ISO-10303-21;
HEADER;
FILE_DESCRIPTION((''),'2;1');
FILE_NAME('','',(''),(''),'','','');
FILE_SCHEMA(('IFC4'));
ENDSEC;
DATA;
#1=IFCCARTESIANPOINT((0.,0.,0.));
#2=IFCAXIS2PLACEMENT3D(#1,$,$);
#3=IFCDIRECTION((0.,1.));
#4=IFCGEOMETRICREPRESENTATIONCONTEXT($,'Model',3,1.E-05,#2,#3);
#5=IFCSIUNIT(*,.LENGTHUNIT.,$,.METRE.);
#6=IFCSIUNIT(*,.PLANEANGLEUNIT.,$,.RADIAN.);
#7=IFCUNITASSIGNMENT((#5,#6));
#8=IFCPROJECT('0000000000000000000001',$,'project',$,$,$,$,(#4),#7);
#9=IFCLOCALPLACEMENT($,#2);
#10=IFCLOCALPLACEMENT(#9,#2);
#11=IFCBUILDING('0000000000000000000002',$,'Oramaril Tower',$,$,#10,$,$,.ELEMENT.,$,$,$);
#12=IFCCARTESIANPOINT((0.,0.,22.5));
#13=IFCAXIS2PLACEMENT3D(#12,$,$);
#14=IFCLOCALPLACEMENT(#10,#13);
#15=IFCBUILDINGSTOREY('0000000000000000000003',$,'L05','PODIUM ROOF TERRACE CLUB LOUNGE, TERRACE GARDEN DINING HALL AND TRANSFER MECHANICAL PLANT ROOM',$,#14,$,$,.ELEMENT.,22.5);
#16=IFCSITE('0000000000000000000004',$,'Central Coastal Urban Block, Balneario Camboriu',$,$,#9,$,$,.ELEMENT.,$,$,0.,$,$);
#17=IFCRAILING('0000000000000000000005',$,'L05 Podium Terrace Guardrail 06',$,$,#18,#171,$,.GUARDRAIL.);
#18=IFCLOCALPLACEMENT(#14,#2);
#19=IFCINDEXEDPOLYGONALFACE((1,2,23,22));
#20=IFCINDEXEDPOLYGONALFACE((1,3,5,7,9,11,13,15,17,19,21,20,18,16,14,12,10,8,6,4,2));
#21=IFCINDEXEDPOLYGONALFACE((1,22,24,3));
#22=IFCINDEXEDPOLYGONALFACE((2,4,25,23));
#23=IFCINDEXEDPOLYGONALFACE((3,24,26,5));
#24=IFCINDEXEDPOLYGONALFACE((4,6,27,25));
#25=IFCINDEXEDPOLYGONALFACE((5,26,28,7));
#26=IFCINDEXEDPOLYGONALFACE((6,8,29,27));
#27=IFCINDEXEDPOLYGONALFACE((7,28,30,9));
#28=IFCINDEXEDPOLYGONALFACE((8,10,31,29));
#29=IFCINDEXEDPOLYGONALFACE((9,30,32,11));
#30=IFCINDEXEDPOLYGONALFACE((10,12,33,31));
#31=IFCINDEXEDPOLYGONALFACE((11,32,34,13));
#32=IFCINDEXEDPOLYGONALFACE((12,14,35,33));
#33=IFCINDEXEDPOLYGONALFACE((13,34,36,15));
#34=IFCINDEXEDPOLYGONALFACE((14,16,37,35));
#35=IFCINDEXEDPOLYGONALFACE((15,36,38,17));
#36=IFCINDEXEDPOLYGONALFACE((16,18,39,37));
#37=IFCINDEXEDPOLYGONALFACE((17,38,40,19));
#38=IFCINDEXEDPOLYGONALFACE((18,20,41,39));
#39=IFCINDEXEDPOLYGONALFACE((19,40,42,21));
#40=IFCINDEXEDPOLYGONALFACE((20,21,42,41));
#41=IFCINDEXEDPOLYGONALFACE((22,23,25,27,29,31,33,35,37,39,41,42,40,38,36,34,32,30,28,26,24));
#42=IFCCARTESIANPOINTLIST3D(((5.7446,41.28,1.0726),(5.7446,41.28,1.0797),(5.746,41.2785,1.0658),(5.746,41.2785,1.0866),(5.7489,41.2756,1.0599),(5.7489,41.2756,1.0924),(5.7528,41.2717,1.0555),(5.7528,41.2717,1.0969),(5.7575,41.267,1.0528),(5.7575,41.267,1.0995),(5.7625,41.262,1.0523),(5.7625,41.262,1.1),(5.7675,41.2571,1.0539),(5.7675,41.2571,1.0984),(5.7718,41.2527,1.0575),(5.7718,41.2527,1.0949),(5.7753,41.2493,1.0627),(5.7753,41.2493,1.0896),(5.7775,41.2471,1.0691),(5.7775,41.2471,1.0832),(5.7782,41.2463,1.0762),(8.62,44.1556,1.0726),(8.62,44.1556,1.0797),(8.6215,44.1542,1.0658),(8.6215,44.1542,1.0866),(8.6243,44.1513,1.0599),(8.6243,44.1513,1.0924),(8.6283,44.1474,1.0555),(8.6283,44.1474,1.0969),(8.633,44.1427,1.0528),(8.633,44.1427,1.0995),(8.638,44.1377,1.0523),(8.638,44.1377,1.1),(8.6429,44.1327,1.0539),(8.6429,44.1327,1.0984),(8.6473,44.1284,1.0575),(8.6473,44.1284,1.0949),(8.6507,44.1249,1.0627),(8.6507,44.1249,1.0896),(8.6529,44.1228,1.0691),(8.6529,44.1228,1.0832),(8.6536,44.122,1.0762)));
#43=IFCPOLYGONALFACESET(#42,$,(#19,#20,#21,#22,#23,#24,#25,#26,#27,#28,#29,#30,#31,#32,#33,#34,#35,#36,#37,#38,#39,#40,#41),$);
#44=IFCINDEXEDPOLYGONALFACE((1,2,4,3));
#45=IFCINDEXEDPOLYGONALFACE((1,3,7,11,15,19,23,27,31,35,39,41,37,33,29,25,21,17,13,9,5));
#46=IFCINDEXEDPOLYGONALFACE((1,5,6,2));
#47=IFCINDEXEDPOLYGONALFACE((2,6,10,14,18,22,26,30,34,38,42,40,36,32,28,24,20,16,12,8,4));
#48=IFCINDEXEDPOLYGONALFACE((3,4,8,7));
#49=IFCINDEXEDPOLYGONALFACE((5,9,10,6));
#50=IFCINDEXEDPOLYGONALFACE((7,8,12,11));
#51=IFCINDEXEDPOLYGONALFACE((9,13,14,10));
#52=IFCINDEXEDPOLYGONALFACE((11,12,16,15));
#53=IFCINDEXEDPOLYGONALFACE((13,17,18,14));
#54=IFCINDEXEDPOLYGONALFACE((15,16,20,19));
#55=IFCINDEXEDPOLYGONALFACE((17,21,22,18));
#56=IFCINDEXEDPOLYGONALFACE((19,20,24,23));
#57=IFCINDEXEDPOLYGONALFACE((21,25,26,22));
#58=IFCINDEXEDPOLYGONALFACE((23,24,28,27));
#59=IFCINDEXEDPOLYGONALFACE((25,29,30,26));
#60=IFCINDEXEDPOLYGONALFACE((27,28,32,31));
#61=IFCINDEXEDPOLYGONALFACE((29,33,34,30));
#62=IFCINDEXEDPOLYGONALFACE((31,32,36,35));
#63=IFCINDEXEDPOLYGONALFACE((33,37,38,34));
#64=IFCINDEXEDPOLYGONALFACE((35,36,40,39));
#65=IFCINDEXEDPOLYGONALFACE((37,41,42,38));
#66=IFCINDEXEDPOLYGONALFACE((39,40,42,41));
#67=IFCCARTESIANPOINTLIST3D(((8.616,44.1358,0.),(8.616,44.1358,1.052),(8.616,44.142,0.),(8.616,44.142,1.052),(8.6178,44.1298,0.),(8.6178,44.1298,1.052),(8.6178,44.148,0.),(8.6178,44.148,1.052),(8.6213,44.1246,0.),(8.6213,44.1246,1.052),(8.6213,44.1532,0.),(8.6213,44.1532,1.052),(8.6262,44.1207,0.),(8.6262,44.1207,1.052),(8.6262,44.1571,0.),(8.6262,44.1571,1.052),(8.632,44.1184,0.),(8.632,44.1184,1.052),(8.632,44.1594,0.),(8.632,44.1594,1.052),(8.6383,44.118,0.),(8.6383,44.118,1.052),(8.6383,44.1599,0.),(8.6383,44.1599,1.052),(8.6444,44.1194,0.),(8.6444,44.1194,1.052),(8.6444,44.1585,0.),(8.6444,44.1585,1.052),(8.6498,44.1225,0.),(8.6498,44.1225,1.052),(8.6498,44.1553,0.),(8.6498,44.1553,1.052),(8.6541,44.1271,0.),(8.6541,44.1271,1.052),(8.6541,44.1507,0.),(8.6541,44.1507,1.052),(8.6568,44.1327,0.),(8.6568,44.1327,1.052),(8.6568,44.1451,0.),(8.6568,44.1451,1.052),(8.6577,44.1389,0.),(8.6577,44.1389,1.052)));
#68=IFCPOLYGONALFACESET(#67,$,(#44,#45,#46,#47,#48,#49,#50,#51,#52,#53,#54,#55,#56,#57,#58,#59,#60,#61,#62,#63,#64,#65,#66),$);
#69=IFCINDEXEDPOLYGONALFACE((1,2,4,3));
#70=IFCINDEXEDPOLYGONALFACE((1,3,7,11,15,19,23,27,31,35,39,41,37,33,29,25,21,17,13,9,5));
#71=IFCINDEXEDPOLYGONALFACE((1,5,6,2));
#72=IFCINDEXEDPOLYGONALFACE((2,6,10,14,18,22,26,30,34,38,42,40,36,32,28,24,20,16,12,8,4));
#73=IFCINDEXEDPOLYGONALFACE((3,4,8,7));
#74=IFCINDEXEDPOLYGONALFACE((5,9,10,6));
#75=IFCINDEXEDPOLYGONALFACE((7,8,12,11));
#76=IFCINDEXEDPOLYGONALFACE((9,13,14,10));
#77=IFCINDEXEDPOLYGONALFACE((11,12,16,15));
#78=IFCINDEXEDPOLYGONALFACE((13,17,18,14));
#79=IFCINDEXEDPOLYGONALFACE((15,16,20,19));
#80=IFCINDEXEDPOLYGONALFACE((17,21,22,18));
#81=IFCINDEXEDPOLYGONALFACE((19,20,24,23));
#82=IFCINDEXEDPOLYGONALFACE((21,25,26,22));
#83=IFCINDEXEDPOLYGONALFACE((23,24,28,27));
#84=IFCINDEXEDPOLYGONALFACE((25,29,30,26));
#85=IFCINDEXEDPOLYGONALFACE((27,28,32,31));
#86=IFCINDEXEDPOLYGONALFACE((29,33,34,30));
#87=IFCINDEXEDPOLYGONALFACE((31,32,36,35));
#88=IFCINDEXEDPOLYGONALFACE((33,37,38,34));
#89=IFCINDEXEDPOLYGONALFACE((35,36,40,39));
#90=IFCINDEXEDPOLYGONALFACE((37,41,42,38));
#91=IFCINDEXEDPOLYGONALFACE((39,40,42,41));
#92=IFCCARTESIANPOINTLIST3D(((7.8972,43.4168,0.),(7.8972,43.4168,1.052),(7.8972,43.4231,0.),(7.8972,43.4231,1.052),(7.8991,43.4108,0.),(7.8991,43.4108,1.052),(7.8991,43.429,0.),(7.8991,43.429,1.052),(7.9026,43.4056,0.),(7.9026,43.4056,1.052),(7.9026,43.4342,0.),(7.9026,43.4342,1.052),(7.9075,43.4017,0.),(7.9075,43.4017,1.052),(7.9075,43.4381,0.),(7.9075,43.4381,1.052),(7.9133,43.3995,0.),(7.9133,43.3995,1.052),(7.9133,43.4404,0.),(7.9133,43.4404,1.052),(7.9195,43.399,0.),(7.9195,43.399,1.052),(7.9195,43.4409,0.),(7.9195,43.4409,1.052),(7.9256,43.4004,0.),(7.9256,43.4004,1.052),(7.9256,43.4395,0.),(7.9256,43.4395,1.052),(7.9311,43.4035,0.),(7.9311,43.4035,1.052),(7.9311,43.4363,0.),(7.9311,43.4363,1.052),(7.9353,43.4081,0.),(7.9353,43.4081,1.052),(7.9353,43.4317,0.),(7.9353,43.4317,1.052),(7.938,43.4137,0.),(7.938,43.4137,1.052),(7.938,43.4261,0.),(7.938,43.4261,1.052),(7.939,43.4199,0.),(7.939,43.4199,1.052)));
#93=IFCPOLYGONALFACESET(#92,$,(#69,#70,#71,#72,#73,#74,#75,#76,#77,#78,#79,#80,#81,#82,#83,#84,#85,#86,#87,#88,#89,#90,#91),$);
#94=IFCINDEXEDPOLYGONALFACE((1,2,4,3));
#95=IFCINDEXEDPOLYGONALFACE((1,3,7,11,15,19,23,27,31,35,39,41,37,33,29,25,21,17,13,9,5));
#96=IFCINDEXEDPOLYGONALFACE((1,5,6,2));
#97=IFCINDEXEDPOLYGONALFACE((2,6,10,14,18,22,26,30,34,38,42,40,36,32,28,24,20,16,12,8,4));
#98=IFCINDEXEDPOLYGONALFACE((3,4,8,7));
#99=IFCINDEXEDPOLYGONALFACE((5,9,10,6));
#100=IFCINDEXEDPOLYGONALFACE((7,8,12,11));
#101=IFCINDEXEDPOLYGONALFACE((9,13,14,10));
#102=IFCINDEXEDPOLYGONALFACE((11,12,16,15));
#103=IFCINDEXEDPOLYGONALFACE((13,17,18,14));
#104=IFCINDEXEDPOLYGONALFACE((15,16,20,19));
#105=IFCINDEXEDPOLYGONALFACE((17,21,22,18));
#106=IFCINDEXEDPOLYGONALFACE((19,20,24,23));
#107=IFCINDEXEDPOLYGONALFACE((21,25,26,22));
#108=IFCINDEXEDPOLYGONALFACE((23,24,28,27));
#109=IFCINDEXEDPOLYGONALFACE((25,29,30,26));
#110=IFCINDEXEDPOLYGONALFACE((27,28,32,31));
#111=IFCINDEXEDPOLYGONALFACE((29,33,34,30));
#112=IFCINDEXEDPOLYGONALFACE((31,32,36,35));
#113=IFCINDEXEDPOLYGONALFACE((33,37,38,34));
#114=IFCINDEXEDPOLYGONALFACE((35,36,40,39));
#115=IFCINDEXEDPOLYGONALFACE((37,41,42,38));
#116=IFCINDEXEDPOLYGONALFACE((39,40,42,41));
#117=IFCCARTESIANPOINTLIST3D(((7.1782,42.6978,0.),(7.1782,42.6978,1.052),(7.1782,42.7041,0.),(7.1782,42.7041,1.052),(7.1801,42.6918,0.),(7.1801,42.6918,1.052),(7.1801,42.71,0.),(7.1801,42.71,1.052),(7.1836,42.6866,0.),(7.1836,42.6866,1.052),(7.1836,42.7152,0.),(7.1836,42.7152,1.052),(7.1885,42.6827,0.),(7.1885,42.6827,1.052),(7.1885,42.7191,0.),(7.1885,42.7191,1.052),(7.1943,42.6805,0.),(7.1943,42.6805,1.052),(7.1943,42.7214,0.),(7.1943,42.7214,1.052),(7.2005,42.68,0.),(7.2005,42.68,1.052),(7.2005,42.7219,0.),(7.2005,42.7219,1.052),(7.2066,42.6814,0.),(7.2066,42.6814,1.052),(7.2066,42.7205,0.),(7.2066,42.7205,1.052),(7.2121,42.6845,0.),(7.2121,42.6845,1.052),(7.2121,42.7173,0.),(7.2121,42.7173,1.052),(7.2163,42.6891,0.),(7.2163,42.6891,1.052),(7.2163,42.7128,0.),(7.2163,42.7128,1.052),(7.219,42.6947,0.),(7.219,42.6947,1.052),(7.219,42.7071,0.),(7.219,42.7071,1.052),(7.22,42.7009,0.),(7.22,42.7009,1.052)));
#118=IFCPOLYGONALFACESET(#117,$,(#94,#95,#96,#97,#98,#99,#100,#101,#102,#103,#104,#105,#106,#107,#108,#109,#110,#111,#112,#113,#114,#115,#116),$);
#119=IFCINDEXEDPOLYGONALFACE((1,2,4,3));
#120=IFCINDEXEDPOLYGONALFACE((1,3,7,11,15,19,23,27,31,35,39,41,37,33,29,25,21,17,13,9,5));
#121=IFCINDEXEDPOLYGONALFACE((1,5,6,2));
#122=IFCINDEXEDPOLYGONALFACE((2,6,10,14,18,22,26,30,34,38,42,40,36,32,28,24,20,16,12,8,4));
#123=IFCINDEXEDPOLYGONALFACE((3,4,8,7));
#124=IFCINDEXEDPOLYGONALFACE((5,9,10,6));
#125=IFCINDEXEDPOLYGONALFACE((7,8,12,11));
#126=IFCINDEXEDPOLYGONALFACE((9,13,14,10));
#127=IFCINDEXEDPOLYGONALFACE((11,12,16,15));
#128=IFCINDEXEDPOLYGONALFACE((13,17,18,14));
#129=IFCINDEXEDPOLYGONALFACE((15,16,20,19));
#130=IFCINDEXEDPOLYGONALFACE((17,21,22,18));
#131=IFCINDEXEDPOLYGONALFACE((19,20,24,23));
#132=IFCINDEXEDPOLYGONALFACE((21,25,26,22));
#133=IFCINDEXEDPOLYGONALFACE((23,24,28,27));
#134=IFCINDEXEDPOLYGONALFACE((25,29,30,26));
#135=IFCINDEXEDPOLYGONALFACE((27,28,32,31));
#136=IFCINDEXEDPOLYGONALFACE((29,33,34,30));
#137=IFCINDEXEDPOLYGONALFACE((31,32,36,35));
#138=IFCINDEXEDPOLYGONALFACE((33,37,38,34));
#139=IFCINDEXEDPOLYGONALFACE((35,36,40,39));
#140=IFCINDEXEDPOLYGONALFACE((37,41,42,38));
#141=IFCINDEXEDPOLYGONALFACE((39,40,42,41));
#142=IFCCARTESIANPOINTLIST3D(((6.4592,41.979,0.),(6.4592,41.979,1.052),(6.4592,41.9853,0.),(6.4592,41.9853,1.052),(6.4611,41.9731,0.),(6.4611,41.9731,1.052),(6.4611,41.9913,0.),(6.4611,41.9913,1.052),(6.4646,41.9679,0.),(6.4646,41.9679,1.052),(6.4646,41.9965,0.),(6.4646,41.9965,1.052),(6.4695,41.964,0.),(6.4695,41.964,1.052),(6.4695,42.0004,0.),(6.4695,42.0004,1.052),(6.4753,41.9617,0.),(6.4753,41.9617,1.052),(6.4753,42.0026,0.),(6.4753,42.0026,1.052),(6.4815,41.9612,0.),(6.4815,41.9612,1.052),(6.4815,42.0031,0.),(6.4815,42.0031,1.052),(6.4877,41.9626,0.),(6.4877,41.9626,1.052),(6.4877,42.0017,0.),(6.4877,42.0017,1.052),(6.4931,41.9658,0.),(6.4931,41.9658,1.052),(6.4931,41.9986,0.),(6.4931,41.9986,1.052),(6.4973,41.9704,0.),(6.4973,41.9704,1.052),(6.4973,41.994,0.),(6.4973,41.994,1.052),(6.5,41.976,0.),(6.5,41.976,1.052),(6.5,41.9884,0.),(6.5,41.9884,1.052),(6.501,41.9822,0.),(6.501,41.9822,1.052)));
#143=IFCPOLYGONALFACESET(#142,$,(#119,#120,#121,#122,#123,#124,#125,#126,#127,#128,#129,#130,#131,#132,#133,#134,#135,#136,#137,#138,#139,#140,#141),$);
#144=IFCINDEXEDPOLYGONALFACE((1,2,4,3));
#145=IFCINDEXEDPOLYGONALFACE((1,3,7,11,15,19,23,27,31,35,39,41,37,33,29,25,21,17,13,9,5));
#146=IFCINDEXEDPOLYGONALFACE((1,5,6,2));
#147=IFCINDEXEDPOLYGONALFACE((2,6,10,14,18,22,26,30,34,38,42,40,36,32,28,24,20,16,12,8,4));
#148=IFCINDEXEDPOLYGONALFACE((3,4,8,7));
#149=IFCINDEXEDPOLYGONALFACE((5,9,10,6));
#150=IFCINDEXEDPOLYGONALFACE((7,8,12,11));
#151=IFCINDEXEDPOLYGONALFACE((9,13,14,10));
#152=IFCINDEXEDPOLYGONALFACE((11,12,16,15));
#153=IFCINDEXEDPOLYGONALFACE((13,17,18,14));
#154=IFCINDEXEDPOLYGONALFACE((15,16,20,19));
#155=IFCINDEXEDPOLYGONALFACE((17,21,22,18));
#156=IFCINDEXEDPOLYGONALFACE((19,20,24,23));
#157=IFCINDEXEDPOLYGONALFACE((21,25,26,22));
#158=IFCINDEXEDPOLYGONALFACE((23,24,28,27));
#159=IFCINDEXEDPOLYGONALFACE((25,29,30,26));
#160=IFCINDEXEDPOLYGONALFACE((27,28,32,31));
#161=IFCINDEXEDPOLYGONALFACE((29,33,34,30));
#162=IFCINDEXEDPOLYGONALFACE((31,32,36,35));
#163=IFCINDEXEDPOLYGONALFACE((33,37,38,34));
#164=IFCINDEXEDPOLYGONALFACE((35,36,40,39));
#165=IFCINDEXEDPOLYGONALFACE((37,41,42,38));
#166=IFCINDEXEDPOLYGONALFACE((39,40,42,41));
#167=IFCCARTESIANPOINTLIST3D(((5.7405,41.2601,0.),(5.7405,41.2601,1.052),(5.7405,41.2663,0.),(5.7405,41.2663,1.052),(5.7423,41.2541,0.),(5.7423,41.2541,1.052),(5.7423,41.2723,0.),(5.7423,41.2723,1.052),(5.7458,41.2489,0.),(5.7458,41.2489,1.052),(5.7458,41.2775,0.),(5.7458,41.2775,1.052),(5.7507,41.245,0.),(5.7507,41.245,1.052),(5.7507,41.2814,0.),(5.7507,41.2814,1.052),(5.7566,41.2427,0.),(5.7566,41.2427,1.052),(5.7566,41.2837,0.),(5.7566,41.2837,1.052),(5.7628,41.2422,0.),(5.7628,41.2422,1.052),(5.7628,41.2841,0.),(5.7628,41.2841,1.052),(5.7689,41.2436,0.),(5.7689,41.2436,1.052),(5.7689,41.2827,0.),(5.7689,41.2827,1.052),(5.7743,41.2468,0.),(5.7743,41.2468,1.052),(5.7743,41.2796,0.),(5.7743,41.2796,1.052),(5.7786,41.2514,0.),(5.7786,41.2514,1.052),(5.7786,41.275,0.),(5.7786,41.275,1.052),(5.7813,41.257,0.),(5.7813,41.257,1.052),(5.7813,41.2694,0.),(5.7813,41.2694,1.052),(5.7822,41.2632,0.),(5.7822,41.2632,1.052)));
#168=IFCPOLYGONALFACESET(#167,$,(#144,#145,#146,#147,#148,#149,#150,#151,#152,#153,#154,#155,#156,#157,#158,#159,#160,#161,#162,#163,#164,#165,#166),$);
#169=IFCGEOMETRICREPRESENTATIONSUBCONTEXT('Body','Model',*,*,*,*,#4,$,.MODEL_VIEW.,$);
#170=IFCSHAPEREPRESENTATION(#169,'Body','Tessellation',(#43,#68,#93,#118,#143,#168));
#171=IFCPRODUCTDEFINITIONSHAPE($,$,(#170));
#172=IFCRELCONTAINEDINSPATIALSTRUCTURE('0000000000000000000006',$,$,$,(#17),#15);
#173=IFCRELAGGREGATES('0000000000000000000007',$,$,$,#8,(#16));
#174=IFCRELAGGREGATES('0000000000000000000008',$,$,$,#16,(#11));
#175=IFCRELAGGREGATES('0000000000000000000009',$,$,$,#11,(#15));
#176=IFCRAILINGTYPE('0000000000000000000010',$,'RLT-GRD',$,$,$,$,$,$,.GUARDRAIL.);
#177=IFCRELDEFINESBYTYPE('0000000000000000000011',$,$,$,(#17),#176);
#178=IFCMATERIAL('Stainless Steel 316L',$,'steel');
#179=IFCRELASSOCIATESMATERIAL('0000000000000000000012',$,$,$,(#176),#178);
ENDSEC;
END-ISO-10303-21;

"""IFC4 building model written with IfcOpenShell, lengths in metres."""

from ifc_helpers import new_model, si_unit, direction, frame, origin, origin_2d, place, context, subcontext, project, spatial, circle, extrude, material, type_object, element, save


model = new_model("IFC4")

# Units and contexts
model_context = context("Model", 3, precision=1e-05, world=origin(), true_north=direction((0.0, 1.0)))
body_context = subcontext(model_context, "Body", "Model", "MODEL_VIEW")
ifc_project = project(units=[si_unit("LENGTHUNIT", "METRE"), si_unit("PLANEANGLEUNIT", "RADIAN")], contexts=[model_context])

# Site, building, storey
site_placement = place(None, origin())
site = spatial("IfcSite", under=ifc_project, at=site_placement, Name="Central Coastal Urban Block, Balneario Camboriu", CompositionType="ELEMENT", RefElevation=0.0)
building_placement = place(site_placement, origin())
building = spatial("IfcBuilding", under=site, at=building_placement, Name="Oramaril Tower", CompositionType="ELEMENT")
storey_placement = place(building_placement, frame((0.0, 0.0, 22.5)))
storey = spatial("IfcBuildingStorey", under=building, at=storey_placement, Name="L05", Description="PODIUM ROOF TERRACE CLUB LOUNGE, TERRACE GARDEN DINING HALL AND TRANSFER MECHANICAL PLANT ROOM", CompositionType="ELEMENT", Elevation=22.5)

# Railing
ifc_material_1 = material(Name="Stainless Steel 316L", Category="steel")
railing_type = type_object("IfcRailingType", Name="RLT-GRD", PredefinedType="GUARDRAIL", material=ifc_material_1)
railing_1_placement = place(storey_placement, frame((8.6367, 44.1389, 0.0)))
element("IfcRailing", 1, at=railing_1_placement, inside=storey, type_object=railing_type, Name="L05 Podium Terrace Guardrail 06", PredefinedType="GUARDRAIL", context=body_context, shape_type="SweptSolid", body=[
    extrude(circle(Radius=0.0239, at=origin_2d()), frame((0.0, 0.0, 1.0762), z_axis=(-0.707077, -0.707137, 0.0), x_axis=(0.707137, -0.707077, 0.0)), (0.0, 0.0, 1.0), 4.0667),
    extrude(circle(Radius=0.021, at=origin_2d()), origin(), (0.0, 0.0, 1.0), 1.052),
    extrude(circle(Radius=0.021, at=origin_2d()), frame((-0.7188, -0.719, 0.0)), (0.0, 0.0, 1.0), 1.052),
    extrude(circle(Radius=0.021, at=origin_2d()), frame((-1.4377, -1.438, 0.0)), (0.0, 0.0, 1.0), 1.052),
    extrude(circle(Radius=0.021, at=origin_2d()), frame((-2.1567, -2.1567, 0.0)), (0.0, 0.0, 1.0), 1.052),
    extrude(circle(Radius=0.021, at=origin_2d()), frame((-2.8755, -2.8757, 0.0)), (0.0, 0.0, 1.0), 1.052),
])

save(model, "model.ifc")
